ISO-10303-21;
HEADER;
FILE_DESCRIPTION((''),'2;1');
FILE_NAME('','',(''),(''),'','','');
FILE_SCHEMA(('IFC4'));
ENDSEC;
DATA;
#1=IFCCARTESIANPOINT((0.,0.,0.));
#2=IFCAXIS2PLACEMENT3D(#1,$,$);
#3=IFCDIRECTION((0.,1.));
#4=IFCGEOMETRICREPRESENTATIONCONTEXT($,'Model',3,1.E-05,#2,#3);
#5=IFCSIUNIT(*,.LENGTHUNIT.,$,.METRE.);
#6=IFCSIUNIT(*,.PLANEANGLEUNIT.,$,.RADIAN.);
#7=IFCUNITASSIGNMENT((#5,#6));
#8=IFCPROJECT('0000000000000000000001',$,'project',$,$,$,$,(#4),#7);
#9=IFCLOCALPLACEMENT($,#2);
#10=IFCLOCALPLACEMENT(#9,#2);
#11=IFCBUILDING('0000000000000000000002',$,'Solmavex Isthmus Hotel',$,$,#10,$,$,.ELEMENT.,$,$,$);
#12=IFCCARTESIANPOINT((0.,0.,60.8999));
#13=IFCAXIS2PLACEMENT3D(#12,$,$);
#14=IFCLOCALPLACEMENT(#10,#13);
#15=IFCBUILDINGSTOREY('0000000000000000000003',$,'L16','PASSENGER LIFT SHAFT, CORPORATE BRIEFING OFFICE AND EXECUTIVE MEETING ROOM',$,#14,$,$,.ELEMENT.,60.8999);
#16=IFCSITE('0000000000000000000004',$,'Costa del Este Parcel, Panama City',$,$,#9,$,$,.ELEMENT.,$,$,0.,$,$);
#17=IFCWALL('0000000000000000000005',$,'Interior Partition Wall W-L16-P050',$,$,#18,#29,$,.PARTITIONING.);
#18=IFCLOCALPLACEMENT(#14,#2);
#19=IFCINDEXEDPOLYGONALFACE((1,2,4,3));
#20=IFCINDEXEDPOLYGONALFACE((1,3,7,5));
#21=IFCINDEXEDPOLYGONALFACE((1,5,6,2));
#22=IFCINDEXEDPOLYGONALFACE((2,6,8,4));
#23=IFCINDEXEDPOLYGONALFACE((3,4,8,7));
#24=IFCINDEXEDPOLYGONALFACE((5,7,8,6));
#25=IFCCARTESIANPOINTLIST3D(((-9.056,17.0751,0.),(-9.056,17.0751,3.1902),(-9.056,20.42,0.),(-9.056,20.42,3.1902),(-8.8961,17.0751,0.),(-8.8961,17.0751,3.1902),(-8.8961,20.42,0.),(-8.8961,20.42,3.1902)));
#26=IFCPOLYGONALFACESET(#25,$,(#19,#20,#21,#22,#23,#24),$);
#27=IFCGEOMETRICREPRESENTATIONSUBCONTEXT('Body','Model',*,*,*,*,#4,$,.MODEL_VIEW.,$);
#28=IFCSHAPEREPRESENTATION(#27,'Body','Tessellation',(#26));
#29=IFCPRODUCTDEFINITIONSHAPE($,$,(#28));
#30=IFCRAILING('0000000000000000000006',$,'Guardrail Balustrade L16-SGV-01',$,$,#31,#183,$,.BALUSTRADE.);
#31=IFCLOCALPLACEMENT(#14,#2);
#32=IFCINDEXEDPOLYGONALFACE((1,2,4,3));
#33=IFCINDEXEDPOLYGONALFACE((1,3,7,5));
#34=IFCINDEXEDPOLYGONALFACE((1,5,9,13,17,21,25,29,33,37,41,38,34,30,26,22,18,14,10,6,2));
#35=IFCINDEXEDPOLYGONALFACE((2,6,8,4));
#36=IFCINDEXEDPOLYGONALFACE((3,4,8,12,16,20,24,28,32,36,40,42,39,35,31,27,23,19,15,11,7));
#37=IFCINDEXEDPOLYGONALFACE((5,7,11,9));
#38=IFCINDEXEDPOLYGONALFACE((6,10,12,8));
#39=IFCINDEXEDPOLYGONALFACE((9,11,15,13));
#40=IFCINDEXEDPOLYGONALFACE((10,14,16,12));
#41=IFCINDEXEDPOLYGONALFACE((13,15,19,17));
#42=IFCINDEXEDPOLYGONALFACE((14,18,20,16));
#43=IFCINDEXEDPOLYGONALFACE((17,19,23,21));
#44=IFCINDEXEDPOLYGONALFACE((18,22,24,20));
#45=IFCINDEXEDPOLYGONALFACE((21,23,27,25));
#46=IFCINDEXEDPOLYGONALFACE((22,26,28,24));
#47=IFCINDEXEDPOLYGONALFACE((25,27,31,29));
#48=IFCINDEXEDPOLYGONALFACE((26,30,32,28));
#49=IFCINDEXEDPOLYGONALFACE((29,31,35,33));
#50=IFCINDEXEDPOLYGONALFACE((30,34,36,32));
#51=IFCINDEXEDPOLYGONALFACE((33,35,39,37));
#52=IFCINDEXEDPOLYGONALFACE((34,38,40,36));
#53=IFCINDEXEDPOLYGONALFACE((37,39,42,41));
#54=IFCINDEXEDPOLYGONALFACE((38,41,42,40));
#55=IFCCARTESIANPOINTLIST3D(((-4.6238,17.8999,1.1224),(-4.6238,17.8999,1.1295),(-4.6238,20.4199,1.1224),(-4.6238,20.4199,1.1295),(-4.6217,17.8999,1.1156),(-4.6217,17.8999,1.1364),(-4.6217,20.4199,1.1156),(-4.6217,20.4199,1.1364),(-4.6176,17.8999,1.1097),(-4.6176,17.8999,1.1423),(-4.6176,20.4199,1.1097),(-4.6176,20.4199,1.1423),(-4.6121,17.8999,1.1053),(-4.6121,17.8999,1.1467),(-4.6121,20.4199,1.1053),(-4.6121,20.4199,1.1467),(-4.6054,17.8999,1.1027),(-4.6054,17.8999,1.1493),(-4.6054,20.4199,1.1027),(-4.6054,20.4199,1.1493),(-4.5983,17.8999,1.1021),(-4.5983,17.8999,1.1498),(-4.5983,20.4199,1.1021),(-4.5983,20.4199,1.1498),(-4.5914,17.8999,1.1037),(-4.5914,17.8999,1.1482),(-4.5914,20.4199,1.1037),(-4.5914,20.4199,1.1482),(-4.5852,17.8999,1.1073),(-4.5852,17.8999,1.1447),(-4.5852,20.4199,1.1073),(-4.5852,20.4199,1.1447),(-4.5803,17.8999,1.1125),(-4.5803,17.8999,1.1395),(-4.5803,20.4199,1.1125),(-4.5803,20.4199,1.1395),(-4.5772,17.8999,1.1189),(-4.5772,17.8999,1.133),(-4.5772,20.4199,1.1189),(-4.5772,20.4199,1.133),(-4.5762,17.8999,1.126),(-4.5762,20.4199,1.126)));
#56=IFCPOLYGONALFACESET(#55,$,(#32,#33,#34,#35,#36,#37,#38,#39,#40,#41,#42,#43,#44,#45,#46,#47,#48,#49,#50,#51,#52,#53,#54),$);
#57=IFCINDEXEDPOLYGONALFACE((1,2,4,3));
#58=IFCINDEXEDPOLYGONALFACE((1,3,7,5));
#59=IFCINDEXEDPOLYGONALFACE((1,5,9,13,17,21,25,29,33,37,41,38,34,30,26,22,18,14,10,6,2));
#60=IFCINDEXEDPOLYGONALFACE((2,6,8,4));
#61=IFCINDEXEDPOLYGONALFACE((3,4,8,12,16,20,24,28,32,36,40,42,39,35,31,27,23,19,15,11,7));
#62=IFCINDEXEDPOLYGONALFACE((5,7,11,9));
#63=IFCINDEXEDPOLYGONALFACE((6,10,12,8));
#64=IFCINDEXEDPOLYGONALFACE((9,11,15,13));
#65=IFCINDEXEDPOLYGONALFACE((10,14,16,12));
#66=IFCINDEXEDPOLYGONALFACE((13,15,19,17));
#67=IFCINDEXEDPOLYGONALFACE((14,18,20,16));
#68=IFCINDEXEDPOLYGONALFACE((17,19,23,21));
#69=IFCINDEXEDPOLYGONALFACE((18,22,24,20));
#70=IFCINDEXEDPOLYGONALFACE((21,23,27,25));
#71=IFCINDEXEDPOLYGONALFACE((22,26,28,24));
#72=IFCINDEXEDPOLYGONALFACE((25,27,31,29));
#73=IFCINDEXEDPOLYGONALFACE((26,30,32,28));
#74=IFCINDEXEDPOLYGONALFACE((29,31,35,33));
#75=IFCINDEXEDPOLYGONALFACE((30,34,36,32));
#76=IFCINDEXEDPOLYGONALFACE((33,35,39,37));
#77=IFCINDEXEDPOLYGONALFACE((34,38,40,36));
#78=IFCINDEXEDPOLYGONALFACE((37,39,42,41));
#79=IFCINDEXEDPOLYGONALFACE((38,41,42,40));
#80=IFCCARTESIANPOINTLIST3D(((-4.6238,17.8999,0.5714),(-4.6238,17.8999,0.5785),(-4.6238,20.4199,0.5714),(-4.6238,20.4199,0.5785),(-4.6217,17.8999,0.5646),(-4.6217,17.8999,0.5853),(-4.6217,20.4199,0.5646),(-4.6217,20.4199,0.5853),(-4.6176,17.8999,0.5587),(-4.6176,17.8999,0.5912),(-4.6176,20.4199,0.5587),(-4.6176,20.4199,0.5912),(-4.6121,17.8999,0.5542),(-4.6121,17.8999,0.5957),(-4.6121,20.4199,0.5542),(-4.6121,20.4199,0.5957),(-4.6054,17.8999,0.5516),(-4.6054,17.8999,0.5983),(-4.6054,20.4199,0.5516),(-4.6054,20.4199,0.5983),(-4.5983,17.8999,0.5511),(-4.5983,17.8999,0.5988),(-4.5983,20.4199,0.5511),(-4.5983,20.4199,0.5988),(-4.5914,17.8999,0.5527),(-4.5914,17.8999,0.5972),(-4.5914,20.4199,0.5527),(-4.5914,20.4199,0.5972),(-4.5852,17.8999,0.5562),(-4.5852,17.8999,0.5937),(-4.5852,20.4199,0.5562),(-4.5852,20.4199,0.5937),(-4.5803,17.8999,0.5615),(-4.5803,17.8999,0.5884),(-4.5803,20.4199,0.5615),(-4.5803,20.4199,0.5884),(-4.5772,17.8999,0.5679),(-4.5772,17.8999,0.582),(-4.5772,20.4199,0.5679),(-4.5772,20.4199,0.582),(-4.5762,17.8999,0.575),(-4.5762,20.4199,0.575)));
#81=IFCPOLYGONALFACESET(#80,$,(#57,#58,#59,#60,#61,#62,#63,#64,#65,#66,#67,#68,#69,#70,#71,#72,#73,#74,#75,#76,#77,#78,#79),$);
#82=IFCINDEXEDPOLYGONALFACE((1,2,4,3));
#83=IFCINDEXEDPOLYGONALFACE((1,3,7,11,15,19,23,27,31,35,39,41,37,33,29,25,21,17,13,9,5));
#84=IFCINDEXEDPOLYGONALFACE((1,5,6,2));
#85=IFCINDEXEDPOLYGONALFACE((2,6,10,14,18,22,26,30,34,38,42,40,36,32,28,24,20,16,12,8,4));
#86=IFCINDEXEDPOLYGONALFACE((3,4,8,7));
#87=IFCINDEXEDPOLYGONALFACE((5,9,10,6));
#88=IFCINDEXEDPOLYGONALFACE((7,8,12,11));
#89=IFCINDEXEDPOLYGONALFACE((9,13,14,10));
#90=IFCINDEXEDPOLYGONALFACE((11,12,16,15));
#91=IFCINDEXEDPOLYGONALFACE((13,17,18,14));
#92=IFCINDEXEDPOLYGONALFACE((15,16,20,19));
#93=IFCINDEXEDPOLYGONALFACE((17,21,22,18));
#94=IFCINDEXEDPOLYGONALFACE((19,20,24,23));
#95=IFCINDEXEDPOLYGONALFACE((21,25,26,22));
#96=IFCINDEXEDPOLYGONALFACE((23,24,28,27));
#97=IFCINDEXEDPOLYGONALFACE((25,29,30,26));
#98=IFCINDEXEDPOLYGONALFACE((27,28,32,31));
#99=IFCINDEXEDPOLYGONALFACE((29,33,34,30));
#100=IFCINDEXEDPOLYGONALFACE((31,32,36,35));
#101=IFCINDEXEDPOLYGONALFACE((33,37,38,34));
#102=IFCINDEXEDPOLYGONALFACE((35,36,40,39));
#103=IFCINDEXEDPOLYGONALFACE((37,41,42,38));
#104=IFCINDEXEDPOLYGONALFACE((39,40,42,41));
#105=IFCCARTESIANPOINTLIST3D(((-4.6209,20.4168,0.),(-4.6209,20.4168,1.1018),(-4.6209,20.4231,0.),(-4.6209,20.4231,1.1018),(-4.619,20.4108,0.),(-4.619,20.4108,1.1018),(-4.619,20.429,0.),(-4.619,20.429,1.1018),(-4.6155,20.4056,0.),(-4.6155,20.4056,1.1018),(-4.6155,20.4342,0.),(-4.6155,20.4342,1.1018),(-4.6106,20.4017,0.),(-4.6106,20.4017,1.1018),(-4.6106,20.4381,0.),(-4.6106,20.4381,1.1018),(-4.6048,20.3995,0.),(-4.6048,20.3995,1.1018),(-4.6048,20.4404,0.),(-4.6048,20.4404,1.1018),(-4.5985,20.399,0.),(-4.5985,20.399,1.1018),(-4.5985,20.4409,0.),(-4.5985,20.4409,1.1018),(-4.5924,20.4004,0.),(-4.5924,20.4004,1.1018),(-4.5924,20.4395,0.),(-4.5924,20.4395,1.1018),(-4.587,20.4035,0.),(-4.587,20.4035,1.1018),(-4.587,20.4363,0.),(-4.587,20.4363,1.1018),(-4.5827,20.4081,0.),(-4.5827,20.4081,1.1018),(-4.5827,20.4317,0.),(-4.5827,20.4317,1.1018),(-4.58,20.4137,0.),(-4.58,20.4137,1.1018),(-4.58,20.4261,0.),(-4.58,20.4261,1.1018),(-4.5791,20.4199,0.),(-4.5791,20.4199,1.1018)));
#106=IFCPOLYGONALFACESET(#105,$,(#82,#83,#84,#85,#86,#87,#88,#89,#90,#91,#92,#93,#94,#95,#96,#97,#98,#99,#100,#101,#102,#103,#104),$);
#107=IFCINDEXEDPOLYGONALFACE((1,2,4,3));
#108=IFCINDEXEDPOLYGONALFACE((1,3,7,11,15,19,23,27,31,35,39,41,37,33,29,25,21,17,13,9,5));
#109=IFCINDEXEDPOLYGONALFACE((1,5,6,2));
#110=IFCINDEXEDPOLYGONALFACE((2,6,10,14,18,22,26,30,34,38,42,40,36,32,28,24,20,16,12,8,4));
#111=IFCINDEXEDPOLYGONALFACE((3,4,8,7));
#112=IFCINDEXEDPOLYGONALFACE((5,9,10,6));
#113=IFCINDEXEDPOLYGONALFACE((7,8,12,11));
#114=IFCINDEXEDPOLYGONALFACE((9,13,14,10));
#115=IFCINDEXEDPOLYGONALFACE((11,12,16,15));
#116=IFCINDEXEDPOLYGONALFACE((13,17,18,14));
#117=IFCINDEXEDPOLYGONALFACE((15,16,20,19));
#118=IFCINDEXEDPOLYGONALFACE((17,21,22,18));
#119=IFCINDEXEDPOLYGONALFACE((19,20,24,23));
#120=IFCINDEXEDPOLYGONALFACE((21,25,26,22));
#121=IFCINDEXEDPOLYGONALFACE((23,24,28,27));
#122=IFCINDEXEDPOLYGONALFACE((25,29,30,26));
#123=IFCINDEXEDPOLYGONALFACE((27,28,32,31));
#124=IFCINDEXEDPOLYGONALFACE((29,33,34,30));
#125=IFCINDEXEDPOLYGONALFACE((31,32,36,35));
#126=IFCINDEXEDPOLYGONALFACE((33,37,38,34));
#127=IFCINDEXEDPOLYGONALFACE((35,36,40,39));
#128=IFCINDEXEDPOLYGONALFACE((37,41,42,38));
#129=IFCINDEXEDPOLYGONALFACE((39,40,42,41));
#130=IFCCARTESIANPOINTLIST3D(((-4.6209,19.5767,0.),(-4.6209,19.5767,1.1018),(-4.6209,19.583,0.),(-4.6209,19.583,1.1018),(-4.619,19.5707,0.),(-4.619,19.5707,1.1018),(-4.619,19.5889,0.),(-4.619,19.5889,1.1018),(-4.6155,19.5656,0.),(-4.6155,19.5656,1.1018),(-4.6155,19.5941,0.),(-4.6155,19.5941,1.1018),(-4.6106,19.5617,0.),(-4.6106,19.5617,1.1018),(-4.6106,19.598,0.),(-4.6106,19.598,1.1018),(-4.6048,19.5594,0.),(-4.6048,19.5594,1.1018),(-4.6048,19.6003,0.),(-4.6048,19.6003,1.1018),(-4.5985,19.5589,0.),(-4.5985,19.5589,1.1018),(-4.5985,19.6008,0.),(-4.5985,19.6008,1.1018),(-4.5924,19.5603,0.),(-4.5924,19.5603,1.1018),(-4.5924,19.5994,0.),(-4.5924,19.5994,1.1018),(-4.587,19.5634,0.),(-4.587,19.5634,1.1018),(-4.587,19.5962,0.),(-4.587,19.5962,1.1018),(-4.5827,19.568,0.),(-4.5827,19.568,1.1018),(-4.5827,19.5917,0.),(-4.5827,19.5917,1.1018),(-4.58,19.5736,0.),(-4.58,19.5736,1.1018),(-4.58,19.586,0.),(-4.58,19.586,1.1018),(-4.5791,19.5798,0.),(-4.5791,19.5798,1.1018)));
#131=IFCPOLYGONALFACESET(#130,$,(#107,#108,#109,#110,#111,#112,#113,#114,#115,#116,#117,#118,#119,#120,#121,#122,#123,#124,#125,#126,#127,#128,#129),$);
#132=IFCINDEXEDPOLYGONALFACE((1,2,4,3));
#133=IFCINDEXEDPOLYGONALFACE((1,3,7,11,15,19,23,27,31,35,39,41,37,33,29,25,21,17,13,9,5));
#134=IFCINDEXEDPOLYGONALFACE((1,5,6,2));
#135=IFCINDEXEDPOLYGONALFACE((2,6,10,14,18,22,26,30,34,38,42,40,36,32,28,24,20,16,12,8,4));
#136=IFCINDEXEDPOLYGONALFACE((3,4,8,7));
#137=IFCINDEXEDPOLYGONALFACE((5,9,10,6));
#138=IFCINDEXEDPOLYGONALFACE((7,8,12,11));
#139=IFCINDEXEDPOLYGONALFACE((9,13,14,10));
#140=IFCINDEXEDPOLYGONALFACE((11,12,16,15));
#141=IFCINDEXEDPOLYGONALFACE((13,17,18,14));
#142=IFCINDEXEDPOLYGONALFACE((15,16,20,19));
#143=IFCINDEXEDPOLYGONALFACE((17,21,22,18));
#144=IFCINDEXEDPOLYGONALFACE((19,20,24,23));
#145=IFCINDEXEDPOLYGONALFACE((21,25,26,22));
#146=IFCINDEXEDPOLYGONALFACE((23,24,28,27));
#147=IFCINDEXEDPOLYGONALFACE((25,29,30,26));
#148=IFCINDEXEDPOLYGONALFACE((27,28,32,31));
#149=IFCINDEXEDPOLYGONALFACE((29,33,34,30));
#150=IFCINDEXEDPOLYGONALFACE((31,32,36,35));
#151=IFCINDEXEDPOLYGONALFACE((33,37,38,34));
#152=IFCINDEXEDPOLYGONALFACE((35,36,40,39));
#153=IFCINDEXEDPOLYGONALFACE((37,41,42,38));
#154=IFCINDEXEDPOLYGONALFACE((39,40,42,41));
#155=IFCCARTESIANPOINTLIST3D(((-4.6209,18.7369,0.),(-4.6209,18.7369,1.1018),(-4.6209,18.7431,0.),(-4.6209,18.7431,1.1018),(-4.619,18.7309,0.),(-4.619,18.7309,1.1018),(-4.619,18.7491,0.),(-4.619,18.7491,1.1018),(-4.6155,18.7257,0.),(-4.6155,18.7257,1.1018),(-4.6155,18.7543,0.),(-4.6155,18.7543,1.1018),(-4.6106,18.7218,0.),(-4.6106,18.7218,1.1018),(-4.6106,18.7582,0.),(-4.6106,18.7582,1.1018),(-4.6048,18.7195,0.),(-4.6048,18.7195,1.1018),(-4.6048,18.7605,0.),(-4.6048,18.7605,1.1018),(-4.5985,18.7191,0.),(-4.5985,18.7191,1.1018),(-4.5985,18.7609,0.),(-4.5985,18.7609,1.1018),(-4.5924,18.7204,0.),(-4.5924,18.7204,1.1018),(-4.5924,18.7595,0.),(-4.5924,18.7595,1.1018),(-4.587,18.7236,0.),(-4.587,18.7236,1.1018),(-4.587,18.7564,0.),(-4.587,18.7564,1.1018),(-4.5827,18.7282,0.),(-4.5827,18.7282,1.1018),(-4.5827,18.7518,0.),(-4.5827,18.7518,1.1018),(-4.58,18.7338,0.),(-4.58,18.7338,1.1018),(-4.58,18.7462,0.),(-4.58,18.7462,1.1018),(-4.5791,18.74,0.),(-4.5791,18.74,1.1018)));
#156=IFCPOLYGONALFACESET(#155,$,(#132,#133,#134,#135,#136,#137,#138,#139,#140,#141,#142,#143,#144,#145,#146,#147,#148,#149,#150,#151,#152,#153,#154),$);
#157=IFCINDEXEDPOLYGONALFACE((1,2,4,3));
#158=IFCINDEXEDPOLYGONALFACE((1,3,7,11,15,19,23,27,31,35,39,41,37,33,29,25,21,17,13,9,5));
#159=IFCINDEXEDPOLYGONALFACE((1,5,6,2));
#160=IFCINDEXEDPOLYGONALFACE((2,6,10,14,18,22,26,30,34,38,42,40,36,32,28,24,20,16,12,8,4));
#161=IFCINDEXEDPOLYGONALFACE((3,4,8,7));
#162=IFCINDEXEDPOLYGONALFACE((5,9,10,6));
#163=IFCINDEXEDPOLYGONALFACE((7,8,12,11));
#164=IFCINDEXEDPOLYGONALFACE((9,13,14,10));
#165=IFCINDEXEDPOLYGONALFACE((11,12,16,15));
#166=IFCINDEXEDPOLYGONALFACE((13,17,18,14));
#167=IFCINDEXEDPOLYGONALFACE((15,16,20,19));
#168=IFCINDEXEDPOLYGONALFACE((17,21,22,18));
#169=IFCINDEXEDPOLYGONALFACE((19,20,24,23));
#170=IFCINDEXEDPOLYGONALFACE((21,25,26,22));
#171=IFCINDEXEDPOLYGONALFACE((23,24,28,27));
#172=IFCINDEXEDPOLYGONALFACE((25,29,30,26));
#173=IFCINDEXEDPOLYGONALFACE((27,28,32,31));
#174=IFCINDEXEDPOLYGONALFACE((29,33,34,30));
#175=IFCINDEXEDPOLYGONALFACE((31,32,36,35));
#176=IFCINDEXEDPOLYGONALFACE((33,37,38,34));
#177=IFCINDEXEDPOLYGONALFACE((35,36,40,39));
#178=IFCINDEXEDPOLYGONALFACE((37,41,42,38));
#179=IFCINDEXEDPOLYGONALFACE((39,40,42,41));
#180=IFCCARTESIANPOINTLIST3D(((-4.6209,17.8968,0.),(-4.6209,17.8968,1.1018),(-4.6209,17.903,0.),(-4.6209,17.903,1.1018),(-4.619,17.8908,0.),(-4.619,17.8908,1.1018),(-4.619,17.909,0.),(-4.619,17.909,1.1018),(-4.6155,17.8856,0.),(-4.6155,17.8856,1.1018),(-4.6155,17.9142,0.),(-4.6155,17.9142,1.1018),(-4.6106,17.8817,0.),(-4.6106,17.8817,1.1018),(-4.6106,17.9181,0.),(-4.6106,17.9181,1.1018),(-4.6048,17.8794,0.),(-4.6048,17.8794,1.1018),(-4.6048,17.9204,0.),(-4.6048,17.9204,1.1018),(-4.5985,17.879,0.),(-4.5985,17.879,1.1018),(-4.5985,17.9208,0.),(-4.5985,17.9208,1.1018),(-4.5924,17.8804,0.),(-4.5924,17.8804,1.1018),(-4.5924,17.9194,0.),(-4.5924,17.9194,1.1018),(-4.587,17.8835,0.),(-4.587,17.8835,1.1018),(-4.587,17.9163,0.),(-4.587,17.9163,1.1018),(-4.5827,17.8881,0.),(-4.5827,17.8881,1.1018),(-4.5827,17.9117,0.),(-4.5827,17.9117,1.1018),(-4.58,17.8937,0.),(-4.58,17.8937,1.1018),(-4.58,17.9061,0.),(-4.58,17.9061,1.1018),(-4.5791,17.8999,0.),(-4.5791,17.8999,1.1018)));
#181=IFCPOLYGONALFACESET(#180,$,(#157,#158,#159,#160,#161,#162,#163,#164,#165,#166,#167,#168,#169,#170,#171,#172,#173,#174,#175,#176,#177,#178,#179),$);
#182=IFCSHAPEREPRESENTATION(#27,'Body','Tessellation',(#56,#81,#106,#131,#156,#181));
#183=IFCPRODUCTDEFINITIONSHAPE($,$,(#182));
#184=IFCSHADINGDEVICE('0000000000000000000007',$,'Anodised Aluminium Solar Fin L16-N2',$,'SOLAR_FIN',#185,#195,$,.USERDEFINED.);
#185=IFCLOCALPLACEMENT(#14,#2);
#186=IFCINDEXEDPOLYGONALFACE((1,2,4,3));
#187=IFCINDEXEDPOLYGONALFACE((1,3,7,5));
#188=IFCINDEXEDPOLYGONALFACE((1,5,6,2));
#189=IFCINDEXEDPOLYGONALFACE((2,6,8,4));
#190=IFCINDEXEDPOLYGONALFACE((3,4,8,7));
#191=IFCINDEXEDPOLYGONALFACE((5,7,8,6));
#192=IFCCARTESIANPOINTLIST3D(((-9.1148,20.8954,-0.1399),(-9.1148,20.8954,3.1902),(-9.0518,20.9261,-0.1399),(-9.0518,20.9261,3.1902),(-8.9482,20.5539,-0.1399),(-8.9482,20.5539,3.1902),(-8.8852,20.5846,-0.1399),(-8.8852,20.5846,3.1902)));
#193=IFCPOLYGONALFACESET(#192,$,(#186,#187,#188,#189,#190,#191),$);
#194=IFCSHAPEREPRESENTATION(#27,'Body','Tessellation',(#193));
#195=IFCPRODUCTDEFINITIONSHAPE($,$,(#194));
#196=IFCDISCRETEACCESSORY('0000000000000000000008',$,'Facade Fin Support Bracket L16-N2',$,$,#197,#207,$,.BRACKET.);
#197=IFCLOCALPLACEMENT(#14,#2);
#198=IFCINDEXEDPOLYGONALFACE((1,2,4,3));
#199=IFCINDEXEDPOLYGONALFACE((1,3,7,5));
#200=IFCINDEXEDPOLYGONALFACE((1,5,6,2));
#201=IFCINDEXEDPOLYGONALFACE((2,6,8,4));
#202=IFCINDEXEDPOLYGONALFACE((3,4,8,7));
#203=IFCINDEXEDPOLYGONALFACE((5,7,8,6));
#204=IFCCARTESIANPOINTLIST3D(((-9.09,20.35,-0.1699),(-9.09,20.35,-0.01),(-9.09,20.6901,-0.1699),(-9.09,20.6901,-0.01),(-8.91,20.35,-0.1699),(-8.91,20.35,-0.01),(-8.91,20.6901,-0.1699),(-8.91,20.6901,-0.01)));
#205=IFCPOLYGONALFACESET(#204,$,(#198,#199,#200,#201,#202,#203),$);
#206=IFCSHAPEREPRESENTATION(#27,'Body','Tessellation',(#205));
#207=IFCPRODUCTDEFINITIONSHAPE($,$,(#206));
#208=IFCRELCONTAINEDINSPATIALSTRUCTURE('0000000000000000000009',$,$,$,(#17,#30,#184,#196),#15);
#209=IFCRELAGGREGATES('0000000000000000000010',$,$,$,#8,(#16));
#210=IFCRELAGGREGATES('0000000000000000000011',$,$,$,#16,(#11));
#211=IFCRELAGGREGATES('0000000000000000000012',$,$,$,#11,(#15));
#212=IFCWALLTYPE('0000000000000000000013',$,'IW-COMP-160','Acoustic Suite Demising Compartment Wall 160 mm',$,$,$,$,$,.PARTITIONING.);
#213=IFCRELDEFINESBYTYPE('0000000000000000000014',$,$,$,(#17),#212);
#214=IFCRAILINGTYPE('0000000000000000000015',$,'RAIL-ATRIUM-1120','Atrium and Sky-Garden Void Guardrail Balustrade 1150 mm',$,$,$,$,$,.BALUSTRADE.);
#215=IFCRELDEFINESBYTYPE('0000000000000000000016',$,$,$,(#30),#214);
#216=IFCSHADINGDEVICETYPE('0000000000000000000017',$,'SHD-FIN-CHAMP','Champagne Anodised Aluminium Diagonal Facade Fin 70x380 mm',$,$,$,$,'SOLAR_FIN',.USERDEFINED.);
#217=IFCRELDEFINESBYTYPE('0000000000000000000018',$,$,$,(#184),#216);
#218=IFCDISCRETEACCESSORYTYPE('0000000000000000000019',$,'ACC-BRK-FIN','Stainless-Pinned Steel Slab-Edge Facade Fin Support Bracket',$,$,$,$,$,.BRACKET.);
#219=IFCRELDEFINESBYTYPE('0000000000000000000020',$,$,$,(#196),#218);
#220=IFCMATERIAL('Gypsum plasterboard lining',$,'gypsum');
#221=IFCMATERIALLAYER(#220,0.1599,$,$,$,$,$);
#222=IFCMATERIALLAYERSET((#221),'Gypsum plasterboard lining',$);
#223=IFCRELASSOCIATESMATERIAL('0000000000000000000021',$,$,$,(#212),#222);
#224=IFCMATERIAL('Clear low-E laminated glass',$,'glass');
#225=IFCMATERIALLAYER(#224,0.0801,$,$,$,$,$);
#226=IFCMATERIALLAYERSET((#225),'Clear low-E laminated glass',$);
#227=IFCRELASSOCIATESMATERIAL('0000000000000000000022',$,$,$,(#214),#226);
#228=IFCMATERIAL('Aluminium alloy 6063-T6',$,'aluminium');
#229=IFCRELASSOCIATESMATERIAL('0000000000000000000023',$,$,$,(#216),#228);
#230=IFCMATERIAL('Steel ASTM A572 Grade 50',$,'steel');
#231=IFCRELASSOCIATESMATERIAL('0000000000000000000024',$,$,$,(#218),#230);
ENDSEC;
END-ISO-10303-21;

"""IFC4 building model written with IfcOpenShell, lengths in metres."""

from ifc_helpers import new_model, si_unit, direction, frame, frame_2d, origin, origin_2d, place, context, subcontext, project, spatial, rectangle, circle, extrude, material, layer, layer_set, type_object, element, save


model = new_model("IFC4")

# Units and contexts
model_context = context("Model", 3, precision=1e-05, world=origin(), true_north=direction((0.0, 1.0)))
body_context = subcontext(model_context, "Body", "Model", "MODEL_VIEW")
ifc_project = project(units=[si_unit("LENGTHUNIT", "METRE"), si_unit("PLANEANGLEUNIT", "RADIAN")], contexts=[model_context])

# Site, building, storey
site_placement = place(None, origin())
site = spatial("IfcSite", under=ifc_project, at=site_placement, Name="Costa del Este Parcel, Panama City", CompositionType="ELEMENT", RefElevation=0.0)
building_placement = place(site_placement, origin())
building = spatial("IfcBuilding", under=site, at=building_placement, Name="Solmavex Isthmus Hotel", CompositionType="ELEMENT")
storey_placement = place(building_placement, frame((0.0, 0.0, 60.8999)))
storey = spatial("IfcBuildingStorey", under=building, at=storey_placement, Name="L16", Description="PASSENGER LIFT SHAFT, CORPORATE BRIEFING OFFICE AND EXECUTIVE MEETING ROOM", CompositionType="ELEMENT", Elevation=60.8999)

# Shared definitions
ifc_material_1 = material(Name="Aluminium alloy 6063-T6", Category="aluminium")

# Shared definitions
ifc_material_2 = material(Name="Clear low-E laminated glass", Category="glass")

# Wall
ifc_material_3 = material(Name="Gypsum plasterboard lining", Category="gypsum")
ifc_layer_1 = layer(ifc_material_3, 0.1599)
ifc_layer_set_1 = layer_set([ifc_layer_1], Name="Gypsum plasterboard lining")
wall_type_1 = type_object("IfcWallType", Name="IW-COMP-160", Description="Acoustic Suite Demising Compartment Wall 160 mm", PredefinedType="PARTITIONING", material=ifc_layer_set_1)
wall_1_placement = place(storey_placement, frame((-8.9761, 20.4199, 0.0), z_axis=(0.0, 0.0, 1.0), x_axis=(0.0, -1.0, 0.0)))
element("IfcWall", 1, at=wall_1_placement, inside=storey, type_object=wall_type_1, Name="Interior Partition Wall W-L16-P050", PredefinedType="PARTITIONING", context=body_context, shape_type="SweptSolid", body=[
    extrude(rectangle(XDim=3.345, YDim=0.1599, at=frame_2d((1.6724, 0.0))), origin(), (0.0, 0.0, 1.0), 3.1902),
])

# Railing
ifc_layer_2 = layer(ifc_material_2, 0.0801)
ifc_layer_set_2 = layer_set([ifc_layer_2], Name="Clear low-E laminated glass")
railing_type = type_object("IfcRailingType", Name="RAIL-ATRIUM-1120", Description="Atrium and Sky-Garden Void Guardrail Balustrade 1150 mm", PredefinedType="BALUSTRADE", material=ifc_layer_set_2)
railing_1_placement = place(storey_placement, frame((-4.6001, 20.4199, 0.0)))
element("IfcRailing", 2, at=railing_1_placement, inside=storey, type_object=railing_type, Name="Guardrail Balustrade L16-SGV-01", PredefinedType="BALUSTRADE", context=body_context, shape_type="SweptSolid", body=[
    extrude(circle(Radius=0.0239, at=origin_2d()), frame((0.0, 0.0, 1.126), z_axis=(0.0, -1.0, 0.0), x_axis=(1.0, 0.0, 0.0)), (0.0, 0.0, 1.0), 2.52),
    extrude(circle(Radius=0.0239, at=origin_2d()), frame((0.0, 0.0, 0.575), z_axis=(0.0, -1.0, 0.0), x_axis=(1.0, 0.0, 0.0)), (0.0, 0.0, 1.0), 2.52),
    extrude(circle(Radius=0.021, at=origin_2d()), origin(), (0.0, 0.0, 1.0), 1.1018),
    extrude(circle(Radius=0.021, at=origin_2d()), frame((0.0, -0.8401, 0.0)), (0.0, 0.0, 1.0), 1.1018),
    extrude(circle(Radius=0.021, at=origin_2d()), frame((0.0, -1.6799, 0.0)), (0.0, 0.0, 1.0), 1.1018),
    extrude(circle(Radius=0.021, at=origin_2d()), frame((0.0, -2.52, 0.0)), (0.0, 0.0, 1.0), 1.1018),
])

# Shading device
shading_device_type = type_object("IfcShadingDeviceType", Name="SHD-FIN-CHAMP", Description="Champagne Anodised Aluminium Diagonal Facade Fin 70x380 mm", ElementType="SOLAR_FIN", PredefinedType="USERDEFINED", material=ifc_material_1)
shading_device_placement = place(storey_placement, frame((-9.0, 20.74, -0.1399), z_axis=(0.0, 0.0, 1.0), x_axis=(-0.438371, 0.898794, 0.0)))
element("IfcShadingDevice", 3, at=shading_device_placement, inside=storey, type_object=shading_device_type, Name="Anodised Aluminium Solar Fin L16-N2", ObjectType="SOLAR_FIN", PredefinedType="USERDEFINED", context=body_context, shape_type="SweptSolid", body=[
    extrude(rectangle(XDim=0.3799, YDim=0.0701, at=origin_2d()), origin(), (0.0, 0.0, 1.0), 3.3301),
])

# Discrete accessory
ifc_material_4 = material(Name="Steel ASTM A572 Grade 50", Category="steel")
discrete_accessory_type = type_object("IfcDiscreteAccessoryType", Name="ACC-BRK-FIN", Description="Stainless-Pinned Steel Slab-Edge Facade Fin Support Bracket", PredefinedType="BRACKET", material=ifc_material_4)
discrete_accessory_placement = place(storey_placement, frame((-9.0, 20.52, -0.1699), z_axis=(0.0, 0.0, 1.0), x_axis=(0.0, 1.0, 0.0)))
element("IfcDiscreteAccessory", 4, at=discrete_accessory_placement, inside=storey, type_object=discrete_accessory_type, Name="Facade Fin Support Bracket L16-N2", PredefinedType="BRACKET", context=body_context, shape_type="SweptSolid", body=[
    extrude(rectangle(XDim=0.3401, YDim=0.1799, at=origin_2d()), origin(), (0.0, 0.0, 1.0), 0.1599),
])

save(model, "model.ifc")
